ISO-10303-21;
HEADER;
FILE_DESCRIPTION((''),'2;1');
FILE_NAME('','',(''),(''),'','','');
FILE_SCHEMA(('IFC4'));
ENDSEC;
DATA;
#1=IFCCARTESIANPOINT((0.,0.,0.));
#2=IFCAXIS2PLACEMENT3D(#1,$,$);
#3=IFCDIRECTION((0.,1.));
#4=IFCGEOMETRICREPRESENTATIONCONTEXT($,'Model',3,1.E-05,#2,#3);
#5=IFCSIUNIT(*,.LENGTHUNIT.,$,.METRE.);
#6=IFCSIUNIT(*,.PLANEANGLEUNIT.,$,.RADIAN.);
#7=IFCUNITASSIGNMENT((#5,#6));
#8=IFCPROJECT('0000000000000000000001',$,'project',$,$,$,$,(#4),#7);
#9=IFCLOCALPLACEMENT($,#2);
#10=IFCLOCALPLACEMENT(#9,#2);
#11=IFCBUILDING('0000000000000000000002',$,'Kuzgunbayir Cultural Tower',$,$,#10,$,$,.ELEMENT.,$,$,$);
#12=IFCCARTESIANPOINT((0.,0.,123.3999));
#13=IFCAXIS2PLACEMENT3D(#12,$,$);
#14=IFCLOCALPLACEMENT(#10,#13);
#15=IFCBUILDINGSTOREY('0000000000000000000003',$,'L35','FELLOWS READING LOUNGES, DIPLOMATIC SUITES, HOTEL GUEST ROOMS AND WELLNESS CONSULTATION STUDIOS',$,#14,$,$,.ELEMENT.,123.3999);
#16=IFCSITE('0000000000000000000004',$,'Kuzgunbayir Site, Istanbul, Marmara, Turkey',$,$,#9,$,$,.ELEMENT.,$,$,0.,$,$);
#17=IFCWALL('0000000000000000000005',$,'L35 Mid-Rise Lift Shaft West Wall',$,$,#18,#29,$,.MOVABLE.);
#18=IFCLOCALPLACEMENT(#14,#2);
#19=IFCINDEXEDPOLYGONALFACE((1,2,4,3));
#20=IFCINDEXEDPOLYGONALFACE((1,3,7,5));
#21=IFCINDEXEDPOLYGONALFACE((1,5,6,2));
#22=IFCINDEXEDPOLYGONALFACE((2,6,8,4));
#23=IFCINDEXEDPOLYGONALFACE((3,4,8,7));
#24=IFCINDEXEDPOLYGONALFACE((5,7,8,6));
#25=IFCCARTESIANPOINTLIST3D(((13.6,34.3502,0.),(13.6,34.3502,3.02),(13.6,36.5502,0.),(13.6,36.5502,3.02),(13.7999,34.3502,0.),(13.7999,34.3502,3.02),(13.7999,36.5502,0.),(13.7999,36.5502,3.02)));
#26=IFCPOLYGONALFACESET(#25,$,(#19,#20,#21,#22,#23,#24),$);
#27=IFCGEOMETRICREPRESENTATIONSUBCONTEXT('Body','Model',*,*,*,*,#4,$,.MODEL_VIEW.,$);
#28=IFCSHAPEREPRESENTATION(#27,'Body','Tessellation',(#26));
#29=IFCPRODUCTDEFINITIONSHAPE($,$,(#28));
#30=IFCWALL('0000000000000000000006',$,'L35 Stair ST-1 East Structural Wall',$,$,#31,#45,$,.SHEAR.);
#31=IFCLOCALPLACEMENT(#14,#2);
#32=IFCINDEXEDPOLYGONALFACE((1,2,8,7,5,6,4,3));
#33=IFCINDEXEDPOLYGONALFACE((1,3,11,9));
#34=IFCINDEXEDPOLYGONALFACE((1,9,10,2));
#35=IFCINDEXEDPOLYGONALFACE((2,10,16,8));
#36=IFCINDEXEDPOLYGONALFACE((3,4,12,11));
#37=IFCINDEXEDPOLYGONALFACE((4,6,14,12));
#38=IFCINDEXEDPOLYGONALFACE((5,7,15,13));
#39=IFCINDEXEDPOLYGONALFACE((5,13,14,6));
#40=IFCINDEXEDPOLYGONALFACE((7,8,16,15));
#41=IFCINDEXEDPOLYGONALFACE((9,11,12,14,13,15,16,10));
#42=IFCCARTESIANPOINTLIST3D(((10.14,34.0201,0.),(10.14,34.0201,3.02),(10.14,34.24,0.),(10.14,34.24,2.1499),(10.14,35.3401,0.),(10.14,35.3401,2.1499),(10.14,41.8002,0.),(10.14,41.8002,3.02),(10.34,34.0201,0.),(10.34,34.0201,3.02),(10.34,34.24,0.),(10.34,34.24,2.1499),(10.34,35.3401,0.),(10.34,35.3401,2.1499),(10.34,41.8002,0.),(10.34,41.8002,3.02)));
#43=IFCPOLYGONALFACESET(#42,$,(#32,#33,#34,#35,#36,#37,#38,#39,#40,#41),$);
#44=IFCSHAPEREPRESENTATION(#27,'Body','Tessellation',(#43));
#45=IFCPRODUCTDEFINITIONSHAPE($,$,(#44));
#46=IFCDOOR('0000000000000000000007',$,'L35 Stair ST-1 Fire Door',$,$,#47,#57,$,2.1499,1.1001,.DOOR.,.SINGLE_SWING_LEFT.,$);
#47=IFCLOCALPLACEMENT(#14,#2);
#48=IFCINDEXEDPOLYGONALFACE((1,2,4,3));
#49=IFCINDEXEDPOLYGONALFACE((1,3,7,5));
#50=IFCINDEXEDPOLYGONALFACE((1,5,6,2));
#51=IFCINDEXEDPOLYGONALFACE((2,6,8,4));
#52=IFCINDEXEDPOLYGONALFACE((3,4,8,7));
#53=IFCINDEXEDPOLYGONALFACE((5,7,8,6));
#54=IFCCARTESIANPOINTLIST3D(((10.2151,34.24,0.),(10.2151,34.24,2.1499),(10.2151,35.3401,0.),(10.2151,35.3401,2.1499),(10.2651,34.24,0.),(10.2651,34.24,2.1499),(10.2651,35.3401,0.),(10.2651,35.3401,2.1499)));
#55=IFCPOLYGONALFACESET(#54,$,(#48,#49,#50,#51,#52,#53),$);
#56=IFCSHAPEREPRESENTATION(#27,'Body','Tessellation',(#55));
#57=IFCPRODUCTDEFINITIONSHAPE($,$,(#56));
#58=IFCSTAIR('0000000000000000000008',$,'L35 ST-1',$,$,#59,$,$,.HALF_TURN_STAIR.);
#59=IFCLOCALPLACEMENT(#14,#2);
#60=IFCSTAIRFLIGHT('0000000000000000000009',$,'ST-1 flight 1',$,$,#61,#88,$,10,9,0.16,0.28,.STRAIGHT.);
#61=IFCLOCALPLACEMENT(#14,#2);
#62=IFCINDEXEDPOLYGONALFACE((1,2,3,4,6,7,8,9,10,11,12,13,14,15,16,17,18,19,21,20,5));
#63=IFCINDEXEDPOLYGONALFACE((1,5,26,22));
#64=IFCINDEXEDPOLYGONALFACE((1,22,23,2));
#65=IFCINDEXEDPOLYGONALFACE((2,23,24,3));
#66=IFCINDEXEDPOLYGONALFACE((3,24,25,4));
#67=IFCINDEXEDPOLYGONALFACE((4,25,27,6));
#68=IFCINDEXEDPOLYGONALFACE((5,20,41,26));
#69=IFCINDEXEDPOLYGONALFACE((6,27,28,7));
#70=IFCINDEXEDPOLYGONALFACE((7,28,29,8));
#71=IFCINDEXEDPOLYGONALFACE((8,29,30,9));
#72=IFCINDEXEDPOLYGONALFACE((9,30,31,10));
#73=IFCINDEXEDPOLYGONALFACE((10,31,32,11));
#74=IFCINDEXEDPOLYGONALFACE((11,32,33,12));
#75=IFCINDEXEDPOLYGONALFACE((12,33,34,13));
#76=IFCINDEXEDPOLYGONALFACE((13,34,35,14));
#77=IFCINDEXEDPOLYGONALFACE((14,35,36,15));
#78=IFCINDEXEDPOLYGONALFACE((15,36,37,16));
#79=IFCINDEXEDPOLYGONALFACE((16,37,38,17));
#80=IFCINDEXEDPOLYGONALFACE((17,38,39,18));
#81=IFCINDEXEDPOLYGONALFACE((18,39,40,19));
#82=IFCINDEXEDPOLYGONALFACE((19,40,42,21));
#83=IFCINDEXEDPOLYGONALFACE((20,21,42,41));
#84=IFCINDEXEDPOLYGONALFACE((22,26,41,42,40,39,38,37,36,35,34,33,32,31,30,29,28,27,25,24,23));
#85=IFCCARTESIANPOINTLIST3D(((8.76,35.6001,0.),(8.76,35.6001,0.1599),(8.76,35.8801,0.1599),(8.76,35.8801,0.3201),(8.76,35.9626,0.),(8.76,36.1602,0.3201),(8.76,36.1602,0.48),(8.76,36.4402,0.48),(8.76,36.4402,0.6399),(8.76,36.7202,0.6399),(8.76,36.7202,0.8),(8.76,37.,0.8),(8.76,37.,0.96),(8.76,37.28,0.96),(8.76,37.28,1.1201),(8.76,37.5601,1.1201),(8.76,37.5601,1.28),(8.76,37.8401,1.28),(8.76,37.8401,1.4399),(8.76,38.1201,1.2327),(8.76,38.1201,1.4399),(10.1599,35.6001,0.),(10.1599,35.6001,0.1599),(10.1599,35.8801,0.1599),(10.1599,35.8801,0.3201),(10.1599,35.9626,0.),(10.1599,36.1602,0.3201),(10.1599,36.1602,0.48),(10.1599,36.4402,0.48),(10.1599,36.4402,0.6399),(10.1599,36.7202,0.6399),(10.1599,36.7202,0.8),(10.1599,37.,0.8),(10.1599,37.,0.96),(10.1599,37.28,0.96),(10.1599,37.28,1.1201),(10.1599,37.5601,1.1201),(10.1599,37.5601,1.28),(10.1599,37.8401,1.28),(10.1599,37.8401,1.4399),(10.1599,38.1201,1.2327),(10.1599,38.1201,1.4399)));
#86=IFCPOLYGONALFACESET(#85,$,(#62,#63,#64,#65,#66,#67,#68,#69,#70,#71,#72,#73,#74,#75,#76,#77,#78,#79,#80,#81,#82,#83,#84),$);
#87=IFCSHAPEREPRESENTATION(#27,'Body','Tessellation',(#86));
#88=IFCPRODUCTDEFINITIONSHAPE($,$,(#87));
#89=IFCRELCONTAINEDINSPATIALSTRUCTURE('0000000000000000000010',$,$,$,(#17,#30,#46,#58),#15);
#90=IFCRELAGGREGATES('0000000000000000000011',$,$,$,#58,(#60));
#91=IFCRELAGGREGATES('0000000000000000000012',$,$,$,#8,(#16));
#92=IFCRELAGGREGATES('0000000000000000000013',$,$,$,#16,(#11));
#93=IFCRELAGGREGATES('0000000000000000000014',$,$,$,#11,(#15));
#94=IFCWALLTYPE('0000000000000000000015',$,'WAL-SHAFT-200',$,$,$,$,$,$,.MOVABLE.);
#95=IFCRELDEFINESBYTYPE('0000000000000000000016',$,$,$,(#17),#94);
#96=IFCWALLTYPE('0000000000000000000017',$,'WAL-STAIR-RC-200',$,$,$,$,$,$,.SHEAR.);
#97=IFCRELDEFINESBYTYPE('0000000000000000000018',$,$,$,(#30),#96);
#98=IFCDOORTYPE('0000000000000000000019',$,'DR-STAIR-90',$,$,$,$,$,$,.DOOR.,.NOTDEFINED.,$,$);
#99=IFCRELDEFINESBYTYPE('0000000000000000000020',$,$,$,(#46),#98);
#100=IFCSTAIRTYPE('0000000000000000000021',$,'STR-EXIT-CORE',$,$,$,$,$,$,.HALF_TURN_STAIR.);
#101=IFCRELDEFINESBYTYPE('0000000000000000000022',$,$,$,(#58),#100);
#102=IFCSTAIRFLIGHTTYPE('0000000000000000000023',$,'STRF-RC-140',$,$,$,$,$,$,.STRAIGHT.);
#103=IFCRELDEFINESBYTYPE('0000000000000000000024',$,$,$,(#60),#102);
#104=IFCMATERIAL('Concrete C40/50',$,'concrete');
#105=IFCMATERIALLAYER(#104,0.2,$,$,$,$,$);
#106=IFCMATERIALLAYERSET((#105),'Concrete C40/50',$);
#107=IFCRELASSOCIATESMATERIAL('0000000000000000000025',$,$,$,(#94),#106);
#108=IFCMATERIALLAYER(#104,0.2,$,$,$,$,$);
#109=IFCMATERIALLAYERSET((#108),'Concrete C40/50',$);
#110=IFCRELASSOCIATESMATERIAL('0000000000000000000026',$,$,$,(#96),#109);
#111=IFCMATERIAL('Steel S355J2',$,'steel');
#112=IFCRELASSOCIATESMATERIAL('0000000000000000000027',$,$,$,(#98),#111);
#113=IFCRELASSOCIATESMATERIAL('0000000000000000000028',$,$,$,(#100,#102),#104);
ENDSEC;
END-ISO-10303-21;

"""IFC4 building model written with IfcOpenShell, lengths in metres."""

from ifc_helpers import new_model, si_unit, direction, frame, frame_2d, origin, place, context, subcontext, project, spatial, polyline, rectangle, outline, extrude, material, layer, layer_set, type_object, element, fill, aggregate, save


model = new_model("IFC4")

# Units and contexts
model_context = context("Model", 3, precision=1e-05, world=origin(), true_north=direction((0.0, 1.0)))
body_context = subcontext(model_context, "Body", "Model", "MODEL_VIEW")
ifc_project = project(units=[si_unit("LENGTHUNIT", "METRE"), si_unit("PLANEANGLEUNIT", "RADIAN")], contexts=[model_context])

# Site, building, storey
site_placement = place(None, origin())
site = spatial("IfcSite", under=ifc_project, at=site_placement, Name="Kuzgunbayir Site, Istanbul, Marmara, Turkey", CompositionType="ELEMENT", RefElevation=0.0)
building_placement = place(site_placement, origin())
building = spatial("IfcBuilding", under=site, at=building_placement, Name="Kuzgunbayir Cultural Tower", CompositionType="ELEMENT")
storey_placement = place(building_placement, frame((0.0, 0.0, 123.3999)))
storey = spatial("IfcBuildingStorey", under=building, at=storey_placement, Name="L35", Description="FELLOWS READING LOUNGES, DIPLOMATIC SUITES, HOTEL GUEST ROOMS AND WELLNESS CONSULTATION STUDIOS", CompositionType="ELEMENT", Elevation=123.3999)

# Shared definitions
ifc_material_1 = material(Name="Steel S355J2", Category="steel")

# Shared definitions
ifc_material_2 = material(Name="Concrete C40/50", Category="concrete")
ifc_layer_1 = layer(ifc_material_2, 0.2)
ifc_layer_set_1 = layer_set([ifc_layer_1], Name="Concrete C40/50")
wall_type_1 = type_object("IfcWallType", Name="WAL-SHAFT-200", PredefinedType="MOVABLE", material=ifc_layer_set_1)

# Wall
wall_1_placement = place(storey_placement, frame((13.7, 34.3501, 0.0), z_axis=(0.0, 0.0, 1.0), x_axis=(0.0, 1.0, 0.0)))
element("IfcWall", 1, at=wall_1_placement, inside=storey, type_object=wall_type_1, Name="L35 Mid-Rise Lift Shaft West Wall", PredefinedType="MOVABLE", context=body_context, shape_type="SweptSolid", body=[
    extrude(rectangle(XDim=2.2, YDim=0.2, at=frame_2d((1.1001, 0.0))), origin(), (0.0, 0.0, 1.0), 3.02),
])

# Wall, opening, door
ifc_layer_2 = layer(ifc_material_2, 0.2)
ifc_layer_set_2 = layer_set([ifc_layer_2], Name="Concrete C40/50")
wall_type_2 = type_object("IfcWallType", Name="WAL-STAIR-RC-200", PredefinedType="SHEAR", material=ifc_layer_set_2)
wall_2_placement = place(storey_placement, frame((10.24, 34.02, 0.0), z_axis=(0.0, 0.0, 1.0), x_axis=(0.0, 1.0, 0.0)))
wall_2 = element("IfcWall", 2, at=wall_2_placement, inside=storey, type_object=wall_type_2, Name="L35 Stair ST-1 East Structural Wall", PredefinedType="SHEAR", context=body_context, shape_type="SweptSolid", body=[
    extrude(rectangle(XDim=7.78, YDim=0.2, at=frame_2d((3.8901, 0.0))), origin(), (0.0, 0.0, 1.0), 3.02),
])
opening_1_placement = place(wall_2_placement, frame((0.22, 0.0, 0.0)))
opening_1 = element("IfcOpeningElement", 3, at=opening_1_placement, cuts=wall_2, PredefinedType="OPENING", context=body_context, shape_type="SweptSolid", body=[
    extrude(rectangle(XDim=1.1001, YDim=2.1499, at=frame_2d((0.55, 1.075))), frame((0.0, 0.1099, 0.0), z_axis=(0.0, -1.0, 0.0), x_axis=(1.0, 0.0, 0.0)), (0.0, 0.0, 1.0), 0.22),
])
door_type_1 = type_object("IfcDoorType", Name="DR-STAIR-90", OperationType="NOTDEFINED", PredefinedType="DOOR", material=ifc_material_1)
door_1_placement = place(opening_1_placement, origin())
door_1 = element("IfcDoor", 4, at=door_1_placement, inside=storey, type_object=door_type_1, Name="L35 Stair ST-1 Fire Door", OperationType="SINGLE_SWING_LEFT", OverallHeight=2.1499, OverallWidth=1.1001, PredefinedType="DOOR", context=body_context, shape_type="SweptSolid", body=[
    extrude(rectangle(XDim=1.1001, YDim=2.1499, at=frame_2d((0.55, 1.075))), frame((0.0, 0.0249, 0.0), z_axis=(0.0, -1.0, 0.0), x_axis=(1.0, 0.0, 0.0)), (0.0, 0.0, 1.0), 0.05),
])
fill(opening_1, door_1)

# Stair, stair flight
stair_type = type_object("IfcStairType", Name="STR-EXIT-CORE", PredefinedType="HALF_TURN_STAIR", material=ifc_material_2)
stair_placement = place(storey_placement, origin())
stair = element("IfcStair", 5, at=stair_placement, inside=storey, type_object=stair_type, Name="L35 ST-1", PredefinedType="HALF_TURN_STAIR")
stair_flight_type = type_object("IfcStairFlightType", Name="STRF-RC-140", PredefinedType="STRAIGHT", material=ifc_material_2)
stair_flight_placement = place(storey_placement, frame((9.46, 35.6001, 0.0), z_axis=(0.0, 0.0, 1.0), x_axis=(0.0, 1.0, 0.0)))
stair_flight = element("IfcStairFlight", 6, at=stair_flight_placement, type_object=stair_flight_type, Name="ST-1 flight 1", NumberOfRisers=10, NumberOfTreads=9, PredefinedType="STRAIGHT", RiserHeight=0.16, TreadLength=0.28, context=body_context, shape_type="SweptSolid", body=[
    extrude(outline(polyline([(0.0, 0.0), (0.0, 0.1599), (0.28, 0.1599), (0.28, 0.3201), (0.5601, 0.3201), (0.5601, 0.48), (0.8401, 0.48), (0.8401, 0.6399), (1.1201, 0.6399), (1.1201, 0.8), (1.3999, 0.8), (1.3999, 0.96), (1.6799, 0.96), (1.6799, 1.1201), (1.96, 1.1201), (1.96, 1.28), (2.24, 1.28), (2.24, 1.4399), (2.52, 1.4399), (2.52, 1.6001), (2.52, 1.2327), (0.3625, 0.0), (0.0, 0.0)])), frame((0.0, 0.7, 0.0), z_axis=(0.0, -1.0, 0.0), x_axis=(1.0, 0.0, 0.0)), (0.0, 0.0, 1.0), 1.3999),
])
aggregate(stair, [stair_flight])

save(model, "model.ifc")
